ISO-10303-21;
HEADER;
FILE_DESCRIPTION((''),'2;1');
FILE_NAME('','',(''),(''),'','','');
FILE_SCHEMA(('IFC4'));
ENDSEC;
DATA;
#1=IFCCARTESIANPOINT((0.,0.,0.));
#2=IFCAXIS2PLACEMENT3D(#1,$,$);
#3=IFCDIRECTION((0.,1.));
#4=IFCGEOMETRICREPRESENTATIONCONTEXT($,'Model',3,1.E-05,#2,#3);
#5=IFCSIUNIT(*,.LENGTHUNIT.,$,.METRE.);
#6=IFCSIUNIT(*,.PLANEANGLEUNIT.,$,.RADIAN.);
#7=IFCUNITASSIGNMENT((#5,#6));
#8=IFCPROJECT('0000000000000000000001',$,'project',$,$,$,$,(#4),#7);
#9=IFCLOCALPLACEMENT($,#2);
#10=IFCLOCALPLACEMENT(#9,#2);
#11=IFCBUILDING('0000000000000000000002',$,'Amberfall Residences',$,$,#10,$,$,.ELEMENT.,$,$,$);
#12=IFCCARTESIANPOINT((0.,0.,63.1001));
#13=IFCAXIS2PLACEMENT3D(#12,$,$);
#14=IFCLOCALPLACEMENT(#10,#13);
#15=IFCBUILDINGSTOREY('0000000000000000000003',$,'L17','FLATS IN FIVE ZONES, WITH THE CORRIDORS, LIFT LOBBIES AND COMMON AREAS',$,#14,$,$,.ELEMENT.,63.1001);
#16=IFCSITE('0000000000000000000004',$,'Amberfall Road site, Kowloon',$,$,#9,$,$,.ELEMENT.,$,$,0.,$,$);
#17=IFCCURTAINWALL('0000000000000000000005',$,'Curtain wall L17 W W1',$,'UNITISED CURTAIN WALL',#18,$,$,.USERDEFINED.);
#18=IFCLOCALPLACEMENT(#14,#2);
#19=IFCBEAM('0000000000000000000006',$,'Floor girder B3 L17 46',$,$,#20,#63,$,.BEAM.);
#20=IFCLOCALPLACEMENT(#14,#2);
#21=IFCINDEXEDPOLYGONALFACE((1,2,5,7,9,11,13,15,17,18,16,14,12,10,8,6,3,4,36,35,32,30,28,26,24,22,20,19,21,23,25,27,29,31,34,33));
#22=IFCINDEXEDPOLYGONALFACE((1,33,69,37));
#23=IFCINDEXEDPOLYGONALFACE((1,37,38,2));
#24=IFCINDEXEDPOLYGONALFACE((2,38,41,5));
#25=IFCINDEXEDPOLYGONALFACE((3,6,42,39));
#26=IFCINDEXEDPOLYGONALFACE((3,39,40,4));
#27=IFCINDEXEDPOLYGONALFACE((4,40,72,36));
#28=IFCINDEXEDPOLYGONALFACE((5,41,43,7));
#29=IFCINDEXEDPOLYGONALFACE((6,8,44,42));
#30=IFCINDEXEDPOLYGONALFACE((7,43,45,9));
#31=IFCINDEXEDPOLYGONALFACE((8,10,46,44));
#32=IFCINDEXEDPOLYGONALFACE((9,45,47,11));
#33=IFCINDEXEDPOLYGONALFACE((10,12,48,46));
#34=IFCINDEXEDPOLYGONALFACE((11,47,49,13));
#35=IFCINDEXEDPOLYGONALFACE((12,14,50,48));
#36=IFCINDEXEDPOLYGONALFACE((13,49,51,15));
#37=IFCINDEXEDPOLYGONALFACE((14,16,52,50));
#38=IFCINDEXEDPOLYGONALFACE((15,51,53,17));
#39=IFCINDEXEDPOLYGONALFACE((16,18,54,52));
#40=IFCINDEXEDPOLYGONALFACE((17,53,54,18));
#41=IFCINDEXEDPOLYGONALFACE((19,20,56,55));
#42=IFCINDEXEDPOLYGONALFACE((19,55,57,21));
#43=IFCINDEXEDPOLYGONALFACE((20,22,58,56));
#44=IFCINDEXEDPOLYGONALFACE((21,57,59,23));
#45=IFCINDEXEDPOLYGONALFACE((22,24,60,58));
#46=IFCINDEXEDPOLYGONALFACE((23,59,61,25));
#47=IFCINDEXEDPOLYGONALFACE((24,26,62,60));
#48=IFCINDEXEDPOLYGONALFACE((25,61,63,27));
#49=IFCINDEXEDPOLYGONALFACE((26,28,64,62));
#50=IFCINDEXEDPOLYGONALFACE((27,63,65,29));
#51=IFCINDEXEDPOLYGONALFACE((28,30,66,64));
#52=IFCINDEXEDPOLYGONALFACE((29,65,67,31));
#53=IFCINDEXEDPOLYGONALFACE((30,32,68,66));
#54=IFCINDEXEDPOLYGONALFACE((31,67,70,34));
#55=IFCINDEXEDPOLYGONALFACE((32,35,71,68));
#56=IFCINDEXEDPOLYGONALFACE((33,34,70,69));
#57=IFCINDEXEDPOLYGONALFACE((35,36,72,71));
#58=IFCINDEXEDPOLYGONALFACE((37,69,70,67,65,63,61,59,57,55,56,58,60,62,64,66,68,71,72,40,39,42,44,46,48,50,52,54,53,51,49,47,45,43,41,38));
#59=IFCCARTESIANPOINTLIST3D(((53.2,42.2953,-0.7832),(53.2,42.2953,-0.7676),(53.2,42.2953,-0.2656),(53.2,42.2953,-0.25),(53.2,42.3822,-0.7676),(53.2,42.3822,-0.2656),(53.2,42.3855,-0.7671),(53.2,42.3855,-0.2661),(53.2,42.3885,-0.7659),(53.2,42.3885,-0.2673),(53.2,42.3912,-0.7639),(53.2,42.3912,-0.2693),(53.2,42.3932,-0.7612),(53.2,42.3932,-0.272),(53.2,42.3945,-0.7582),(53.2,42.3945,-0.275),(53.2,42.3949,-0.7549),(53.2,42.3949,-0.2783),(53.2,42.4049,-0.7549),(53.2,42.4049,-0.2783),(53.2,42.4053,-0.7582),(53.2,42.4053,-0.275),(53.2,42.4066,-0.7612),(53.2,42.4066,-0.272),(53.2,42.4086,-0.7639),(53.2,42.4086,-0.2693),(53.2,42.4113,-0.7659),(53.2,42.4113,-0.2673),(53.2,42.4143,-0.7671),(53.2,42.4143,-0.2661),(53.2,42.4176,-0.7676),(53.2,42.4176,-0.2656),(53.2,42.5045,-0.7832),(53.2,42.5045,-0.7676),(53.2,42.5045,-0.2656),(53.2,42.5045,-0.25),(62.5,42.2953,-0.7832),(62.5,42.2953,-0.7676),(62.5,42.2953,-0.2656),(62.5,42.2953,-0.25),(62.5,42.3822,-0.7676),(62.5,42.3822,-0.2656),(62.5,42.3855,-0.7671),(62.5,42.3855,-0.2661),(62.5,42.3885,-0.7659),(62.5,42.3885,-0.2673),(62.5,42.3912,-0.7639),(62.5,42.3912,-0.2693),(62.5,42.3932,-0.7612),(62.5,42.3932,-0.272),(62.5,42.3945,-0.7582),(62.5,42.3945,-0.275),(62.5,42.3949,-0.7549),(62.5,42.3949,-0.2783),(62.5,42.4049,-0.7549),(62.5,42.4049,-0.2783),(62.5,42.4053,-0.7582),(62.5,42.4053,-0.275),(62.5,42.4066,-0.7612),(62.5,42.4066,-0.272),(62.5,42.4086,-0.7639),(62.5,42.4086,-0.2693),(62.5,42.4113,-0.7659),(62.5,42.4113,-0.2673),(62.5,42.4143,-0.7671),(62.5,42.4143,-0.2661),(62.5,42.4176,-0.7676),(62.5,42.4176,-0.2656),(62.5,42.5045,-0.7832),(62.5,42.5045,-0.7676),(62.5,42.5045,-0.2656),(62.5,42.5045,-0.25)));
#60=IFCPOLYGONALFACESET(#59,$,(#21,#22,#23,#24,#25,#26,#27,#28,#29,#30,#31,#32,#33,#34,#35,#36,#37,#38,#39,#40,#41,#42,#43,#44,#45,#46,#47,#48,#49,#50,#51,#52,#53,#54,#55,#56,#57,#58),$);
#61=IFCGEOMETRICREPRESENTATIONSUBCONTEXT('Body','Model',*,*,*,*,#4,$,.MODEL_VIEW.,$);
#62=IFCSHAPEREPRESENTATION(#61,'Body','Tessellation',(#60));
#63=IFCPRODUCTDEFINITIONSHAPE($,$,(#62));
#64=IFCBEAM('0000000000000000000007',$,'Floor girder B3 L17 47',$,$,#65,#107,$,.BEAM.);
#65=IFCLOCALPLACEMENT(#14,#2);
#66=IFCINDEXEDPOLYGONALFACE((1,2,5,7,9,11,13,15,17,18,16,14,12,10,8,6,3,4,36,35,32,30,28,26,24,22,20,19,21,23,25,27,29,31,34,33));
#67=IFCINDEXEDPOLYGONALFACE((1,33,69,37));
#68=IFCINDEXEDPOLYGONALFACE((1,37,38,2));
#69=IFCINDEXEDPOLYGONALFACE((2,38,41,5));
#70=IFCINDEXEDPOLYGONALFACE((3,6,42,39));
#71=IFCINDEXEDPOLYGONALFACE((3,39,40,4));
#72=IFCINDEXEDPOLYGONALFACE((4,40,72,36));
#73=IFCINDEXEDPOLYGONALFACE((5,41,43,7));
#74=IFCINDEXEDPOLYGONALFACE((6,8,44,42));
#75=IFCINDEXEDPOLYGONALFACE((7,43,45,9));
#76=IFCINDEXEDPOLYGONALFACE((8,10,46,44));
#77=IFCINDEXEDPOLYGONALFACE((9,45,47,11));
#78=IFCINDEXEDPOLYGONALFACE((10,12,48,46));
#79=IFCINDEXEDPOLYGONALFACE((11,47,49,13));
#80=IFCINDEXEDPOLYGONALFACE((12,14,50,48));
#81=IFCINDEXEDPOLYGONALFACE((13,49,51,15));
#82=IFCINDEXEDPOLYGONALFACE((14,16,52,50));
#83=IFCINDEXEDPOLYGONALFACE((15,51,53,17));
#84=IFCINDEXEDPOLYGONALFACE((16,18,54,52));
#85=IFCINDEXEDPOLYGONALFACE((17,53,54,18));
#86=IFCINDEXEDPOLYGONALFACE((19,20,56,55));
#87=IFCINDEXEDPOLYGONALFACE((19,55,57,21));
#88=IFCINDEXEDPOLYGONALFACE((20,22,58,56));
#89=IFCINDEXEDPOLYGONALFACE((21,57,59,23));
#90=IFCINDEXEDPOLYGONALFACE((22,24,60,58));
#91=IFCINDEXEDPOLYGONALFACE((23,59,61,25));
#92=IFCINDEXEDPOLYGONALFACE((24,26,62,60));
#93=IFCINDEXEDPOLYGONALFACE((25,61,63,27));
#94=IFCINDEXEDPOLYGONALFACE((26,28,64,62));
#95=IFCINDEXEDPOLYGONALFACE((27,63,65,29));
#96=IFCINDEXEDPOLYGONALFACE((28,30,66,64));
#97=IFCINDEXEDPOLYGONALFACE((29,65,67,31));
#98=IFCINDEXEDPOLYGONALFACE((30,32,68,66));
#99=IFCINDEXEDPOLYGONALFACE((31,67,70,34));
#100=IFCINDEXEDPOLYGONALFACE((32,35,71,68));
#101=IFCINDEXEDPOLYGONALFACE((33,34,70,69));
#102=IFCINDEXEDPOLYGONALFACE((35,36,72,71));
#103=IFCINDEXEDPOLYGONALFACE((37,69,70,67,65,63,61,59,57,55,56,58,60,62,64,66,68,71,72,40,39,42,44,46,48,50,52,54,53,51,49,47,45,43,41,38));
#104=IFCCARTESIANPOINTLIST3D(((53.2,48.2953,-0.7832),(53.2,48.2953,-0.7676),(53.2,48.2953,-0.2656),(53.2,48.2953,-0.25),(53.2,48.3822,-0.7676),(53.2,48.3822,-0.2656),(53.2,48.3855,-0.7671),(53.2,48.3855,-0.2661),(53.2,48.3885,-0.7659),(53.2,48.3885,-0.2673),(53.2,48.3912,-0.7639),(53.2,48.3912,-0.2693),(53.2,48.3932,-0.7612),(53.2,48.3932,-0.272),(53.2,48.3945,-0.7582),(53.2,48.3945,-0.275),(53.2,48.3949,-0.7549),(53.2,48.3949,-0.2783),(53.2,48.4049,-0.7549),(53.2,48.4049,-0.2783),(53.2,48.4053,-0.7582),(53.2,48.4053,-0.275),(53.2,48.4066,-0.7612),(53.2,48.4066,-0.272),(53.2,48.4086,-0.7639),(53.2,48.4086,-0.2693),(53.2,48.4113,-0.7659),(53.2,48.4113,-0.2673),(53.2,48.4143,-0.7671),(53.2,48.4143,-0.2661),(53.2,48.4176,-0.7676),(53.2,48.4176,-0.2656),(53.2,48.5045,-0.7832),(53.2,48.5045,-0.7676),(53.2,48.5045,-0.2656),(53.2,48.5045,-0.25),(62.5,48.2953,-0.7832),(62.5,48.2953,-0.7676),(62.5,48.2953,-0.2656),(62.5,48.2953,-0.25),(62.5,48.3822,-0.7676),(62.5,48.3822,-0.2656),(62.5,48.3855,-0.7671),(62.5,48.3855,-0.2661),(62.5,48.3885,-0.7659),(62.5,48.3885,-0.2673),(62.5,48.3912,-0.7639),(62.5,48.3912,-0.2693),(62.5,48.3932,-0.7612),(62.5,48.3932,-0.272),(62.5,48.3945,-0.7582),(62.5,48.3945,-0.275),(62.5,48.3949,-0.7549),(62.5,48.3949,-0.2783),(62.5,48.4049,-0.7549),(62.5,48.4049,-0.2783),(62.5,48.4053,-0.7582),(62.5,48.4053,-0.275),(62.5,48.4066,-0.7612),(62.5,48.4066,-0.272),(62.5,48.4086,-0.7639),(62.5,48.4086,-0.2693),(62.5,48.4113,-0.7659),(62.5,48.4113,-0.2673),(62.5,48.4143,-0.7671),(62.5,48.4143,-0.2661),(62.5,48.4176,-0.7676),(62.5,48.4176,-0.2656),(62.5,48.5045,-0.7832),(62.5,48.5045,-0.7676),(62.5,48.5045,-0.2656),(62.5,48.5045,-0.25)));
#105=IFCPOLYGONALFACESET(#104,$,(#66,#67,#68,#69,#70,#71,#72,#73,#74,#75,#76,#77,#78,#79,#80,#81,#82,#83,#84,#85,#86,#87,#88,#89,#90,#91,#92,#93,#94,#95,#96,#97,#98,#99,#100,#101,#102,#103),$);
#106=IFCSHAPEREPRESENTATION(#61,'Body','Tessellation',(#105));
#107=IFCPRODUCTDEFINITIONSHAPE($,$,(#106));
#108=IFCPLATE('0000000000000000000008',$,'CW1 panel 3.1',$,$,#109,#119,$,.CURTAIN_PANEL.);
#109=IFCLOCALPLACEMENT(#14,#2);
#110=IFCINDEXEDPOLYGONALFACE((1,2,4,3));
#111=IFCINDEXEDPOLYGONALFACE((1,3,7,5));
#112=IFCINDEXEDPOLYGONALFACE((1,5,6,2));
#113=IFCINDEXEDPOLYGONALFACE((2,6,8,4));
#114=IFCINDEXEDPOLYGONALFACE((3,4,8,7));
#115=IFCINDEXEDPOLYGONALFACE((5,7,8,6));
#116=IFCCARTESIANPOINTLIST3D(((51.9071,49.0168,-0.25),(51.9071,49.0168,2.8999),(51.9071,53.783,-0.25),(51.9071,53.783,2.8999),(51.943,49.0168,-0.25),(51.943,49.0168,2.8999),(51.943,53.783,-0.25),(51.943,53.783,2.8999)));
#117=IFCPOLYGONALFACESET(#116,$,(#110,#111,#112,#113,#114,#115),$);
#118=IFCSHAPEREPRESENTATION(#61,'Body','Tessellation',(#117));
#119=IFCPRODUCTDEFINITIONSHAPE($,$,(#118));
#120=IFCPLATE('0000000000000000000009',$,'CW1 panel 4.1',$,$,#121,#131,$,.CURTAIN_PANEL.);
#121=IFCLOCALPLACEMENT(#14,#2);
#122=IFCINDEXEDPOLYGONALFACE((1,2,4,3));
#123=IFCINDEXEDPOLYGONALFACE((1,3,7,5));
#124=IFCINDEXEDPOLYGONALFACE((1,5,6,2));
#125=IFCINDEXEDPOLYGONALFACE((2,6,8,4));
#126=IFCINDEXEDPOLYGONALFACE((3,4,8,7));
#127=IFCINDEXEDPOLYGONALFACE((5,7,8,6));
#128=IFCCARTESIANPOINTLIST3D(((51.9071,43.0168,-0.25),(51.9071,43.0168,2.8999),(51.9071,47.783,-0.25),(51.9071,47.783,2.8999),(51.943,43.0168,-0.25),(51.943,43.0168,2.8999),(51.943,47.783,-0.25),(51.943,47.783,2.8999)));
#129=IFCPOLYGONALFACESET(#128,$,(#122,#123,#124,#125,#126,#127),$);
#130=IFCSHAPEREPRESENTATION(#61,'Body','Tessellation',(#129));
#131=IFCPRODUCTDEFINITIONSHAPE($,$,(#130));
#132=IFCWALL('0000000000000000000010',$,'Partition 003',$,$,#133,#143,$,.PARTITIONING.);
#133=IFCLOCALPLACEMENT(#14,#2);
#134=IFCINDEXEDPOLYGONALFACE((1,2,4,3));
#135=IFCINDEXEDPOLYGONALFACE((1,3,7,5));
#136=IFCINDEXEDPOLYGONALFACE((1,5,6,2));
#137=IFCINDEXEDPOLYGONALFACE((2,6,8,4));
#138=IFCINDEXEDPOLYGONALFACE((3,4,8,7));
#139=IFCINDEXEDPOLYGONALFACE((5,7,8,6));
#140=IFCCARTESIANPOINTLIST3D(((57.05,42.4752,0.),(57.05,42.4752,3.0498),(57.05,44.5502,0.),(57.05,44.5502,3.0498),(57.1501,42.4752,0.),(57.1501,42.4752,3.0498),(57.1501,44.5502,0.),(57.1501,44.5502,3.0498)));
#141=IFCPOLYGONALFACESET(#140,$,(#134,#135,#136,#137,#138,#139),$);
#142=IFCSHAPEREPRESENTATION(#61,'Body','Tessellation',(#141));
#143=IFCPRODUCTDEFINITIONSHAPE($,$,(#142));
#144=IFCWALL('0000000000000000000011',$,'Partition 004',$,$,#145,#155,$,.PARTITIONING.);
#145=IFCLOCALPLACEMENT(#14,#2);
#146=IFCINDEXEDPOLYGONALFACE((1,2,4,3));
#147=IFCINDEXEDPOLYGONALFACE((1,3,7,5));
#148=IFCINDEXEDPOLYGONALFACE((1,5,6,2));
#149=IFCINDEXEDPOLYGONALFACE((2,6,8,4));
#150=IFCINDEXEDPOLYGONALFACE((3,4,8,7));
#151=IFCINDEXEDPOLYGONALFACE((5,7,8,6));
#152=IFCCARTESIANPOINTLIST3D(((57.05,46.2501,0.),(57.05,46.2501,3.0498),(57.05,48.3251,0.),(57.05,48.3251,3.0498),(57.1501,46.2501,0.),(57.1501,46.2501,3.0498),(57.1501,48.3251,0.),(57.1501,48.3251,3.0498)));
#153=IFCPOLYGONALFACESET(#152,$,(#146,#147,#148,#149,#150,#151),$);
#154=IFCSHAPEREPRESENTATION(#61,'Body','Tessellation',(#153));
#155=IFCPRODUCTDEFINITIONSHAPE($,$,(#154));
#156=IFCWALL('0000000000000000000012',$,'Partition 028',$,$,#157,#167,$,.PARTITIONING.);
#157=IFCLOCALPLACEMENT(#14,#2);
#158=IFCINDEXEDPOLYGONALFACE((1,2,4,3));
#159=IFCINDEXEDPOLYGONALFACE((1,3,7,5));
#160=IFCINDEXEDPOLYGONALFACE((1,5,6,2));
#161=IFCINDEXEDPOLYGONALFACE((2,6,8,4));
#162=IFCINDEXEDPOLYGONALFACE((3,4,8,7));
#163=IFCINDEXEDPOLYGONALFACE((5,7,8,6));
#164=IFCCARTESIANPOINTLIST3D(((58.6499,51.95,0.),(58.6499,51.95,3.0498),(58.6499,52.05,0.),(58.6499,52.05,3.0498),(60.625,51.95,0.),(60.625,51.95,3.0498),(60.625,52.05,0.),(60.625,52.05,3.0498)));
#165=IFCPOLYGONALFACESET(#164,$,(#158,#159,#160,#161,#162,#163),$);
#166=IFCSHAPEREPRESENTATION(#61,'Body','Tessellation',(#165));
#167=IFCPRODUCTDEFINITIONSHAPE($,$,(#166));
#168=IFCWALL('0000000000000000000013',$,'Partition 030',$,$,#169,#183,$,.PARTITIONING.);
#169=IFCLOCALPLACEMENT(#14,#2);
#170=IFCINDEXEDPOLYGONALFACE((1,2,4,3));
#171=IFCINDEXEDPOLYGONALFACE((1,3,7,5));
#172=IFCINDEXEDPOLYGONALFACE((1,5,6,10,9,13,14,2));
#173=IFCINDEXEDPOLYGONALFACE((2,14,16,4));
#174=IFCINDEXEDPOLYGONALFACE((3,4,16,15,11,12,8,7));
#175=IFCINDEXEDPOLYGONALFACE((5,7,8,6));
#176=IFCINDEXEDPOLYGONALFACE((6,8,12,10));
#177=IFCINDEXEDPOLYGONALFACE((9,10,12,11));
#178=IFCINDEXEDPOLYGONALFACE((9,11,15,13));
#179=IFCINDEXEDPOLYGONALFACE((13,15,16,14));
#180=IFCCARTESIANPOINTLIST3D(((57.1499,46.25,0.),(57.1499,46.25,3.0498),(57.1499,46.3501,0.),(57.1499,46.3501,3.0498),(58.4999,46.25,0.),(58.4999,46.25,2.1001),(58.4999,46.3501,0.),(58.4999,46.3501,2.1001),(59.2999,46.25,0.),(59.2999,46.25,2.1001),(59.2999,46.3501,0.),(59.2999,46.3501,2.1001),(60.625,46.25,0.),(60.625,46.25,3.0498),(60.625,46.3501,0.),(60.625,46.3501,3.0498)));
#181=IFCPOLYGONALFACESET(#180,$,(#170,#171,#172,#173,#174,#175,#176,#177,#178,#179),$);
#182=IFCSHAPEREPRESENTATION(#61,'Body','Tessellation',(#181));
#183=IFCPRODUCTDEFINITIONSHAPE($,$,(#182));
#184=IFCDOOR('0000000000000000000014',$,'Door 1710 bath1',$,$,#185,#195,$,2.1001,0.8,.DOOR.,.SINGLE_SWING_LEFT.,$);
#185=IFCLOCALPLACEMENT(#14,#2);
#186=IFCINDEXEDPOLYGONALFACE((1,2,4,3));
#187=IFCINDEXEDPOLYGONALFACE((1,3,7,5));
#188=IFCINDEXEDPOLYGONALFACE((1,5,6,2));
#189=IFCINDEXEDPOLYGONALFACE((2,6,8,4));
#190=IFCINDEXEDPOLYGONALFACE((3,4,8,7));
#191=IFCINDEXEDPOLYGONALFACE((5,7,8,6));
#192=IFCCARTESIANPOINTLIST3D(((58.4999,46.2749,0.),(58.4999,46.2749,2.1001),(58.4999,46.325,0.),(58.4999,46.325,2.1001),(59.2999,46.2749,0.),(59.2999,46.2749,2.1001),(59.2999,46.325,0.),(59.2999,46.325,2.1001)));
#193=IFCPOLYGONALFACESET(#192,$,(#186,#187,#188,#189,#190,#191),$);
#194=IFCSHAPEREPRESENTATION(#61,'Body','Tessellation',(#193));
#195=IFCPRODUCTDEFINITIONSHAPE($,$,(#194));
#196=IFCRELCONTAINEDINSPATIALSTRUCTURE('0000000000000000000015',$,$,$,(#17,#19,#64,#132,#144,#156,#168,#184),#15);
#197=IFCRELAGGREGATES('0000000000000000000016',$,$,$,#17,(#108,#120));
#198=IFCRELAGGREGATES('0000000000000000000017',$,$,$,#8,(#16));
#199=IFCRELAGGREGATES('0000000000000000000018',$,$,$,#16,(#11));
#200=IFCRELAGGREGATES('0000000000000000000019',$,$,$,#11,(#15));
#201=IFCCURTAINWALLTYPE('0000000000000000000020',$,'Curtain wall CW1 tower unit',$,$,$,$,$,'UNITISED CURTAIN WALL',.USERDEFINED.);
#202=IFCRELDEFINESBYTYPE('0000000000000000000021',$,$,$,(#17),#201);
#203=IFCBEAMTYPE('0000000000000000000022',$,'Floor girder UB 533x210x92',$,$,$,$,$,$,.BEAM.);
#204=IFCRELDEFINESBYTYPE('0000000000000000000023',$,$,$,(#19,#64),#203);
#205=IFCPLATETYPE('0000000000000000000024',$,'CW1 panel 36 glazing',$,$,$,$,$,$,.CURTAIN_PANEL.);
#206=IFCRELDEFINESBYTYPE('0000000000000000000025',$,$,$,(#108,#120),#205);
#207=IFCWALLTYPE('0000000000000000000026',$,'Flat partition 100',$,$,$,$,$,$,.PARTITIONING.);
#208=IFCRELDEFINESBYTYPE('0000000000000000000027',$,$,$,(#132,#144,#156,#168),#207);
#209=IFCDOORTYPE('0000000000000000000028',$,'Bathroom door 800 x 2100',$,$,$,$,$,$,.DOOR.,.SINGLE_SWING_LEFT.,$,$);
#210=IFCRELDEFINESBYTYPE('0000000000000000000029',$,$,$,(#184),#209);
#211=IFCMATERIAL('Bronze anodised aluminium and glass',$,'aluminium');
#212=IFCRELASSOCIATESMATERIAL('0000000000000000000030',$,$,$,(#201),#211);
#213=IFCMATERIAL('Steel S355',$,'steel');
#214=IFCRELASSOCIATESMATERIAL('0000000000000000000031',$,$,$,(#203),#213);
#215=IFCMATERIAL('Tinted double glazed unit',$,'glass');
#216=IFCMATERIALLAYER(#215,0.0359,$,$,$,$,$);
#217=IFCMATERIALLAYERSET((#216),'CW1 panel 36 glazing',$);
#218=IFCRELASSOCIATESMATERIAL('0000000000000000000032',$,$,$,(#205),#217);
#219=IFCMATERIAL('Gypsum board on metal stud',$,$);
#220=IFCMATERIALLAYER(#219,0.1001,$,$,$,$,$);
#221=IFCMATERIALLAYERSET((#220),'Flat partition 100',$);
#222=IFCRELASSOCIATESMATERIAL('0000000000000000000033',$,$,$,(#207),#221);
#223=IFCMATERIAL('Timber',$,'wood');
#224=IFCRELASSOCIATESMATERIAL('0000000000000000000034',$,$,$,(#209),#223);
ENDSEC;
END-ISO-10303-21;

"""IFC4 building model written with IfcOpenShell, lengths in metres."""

from ifc_helpers import new_model, si_unit, direction, frame, frame_2d, origin, origin_2d, place, context, subcontext, project, spatial, rectangle, i_section, extrude, material, layer, layer_set, material_profile, profile_set, type_object, element, fill, aggregate, save


model = new_model("IFC4")

# Units and contexts
model_context = context("Model", 3, precision=1e-05, world=origin(), true_north=direction((0.0, 1.0)))
body_context = subcontext(model_context, "Body", "Model", "MODEL_VIEW")
ifc_project = project(units=[si_unit("LENGTHUNIT", "METRE"), si_unit("PLANEANGLEUNIT", "RADIAN")], contexts=[model_context])

# Site, building, storey
site_placement = place(None, origin())
site = spatial("IfcSite", under=ifc_project, at=site_placement, Name="Amberfall Road site, Kowloon", CompositionType="ELEMENT", RefElevation=0.0)
building_placement = place(site_placement, origin())
building = spatial("IfcBuilding", under=site, at=building_placement, Name="Amberfall Residences", CompositionType="ELEMENT")
storey_placement = place(building_placement, frame((0.0, 0.0, 63.1001)))
storey = spatial("IfcBuildingStorey", under=building, at=storey_placement, Name="L17", Description="FLATS IN FIVE ZONES, WITH THE CORRIDORS, LIFT LOBBIES AND COMMON AREAS", CompositionType="ELEMENT", Elevation=63.1001)

# Curtain wall
ifc_material_1 = material(Name="Bronze anodised aluminium and glass", Category="aluminium")
curtain_wall_type = type_object("IfcCurtainWallType", Name="Curtain wall CW1 tower unit", ElementType="UNITISED CURTAIN WALL", PredefinedType="USERDEFINED", material=ifc_material_1)
curtain_wall_placement = place(storey_placement, origin())
curtain_wall = element("IfcCurtainWall", 1, at=curtain_wall_placement, inside=storey, type_object=curtain_wall_type, Name="Curtain wall L17 W W1", ObjectType="UNITISED CURTAIN WALL", PredefinedType="USERDEFINED")

# Shared definitions
ifc_material_2 = material(Name="Steel S355", Category="steel")

# Beams
ifc_material_profile_1 = material_profile(ifc_material_2, i_section(OverallWidth=0.2092, OverallDepth=0.5332, WebThickness=0.01, FlangeThickness=0.0156, FilletRadius=0.0127, at=origin_2d()), Name="UB 533x210x92")
ifc_profile_set_1 = profile_set([ifc_material_profile_1], Name="Steel S355")
beam_type_1 = type_object("IfcBeamType", Name="Floor girder UB 533x210x92", PredefinedType="BEAM", material=ifc_profile_set_1)
for number, where, z_axis, x_axis, name in (
    (2, (53.2, 42.3999, -0.5166), (1.0, 0.0, 0.0), (0.0, 1.0, 0.0), "Floor girder B3 L17 46"),
    (3, (53.2, 48.3999, -0.5166), (1.0, 0.0, 0.0), (0.0, 1.0, 0.0), "Floor girder B3 L17 47"),
):
    element("IfcBeam", number, at=place(storey_placement, frame(where, z_axis=z_axis, x_axis=x_axis)), inside=storey, type_object=beam_type_1, Name=name, PredefinedType="BEAM", context=body_context, shape_type="SweptSolid", body=[
        extrude(i_section(OverallWidth=0.2092, OverallDepth=0.5332, WebThickness=0.01, FlangeThickness=0.0156, FilletRadius=0.0127, at=origin_2d()), origin(), (0.0, 0.0, 1.0), 9.3),
    ])

# Plates
ifc_material_3 = material(Name="Tinted double glazed unit", Category="glass")
ifc_layer_1 = layer(ifc_material_3, 0.0359)
ifc_layer_set_1 = layer_set([ifc_layer_1], Name="CW1 panel 36 glazing")
plate_type = type_object("IfcPlateType", Name="CW1 panel 36 glazing", PredefinedType="CURTAIN_PANEL", material=ifc_layer_set_1)
plate_1_placement = place(storey_placement, frame((51.925, 51.3999, -0.25), z_axis=(0.0, 0.0, 1.0), x_axis=(0.0, -1.0, 0.0)))
plate_1 = element("IfcPlate", 4, at=plate_1_placement, type_object=plate_type, Name="CW1 panel 3.1", PredefinedType="CURTAIN_PANEL", context=body_context, shape_type="SweptSolid", body=[
    extrude(rectangle(XDim=4.7661, YDim=0.0359, at=origin_2d()), origin(), (0.0, 0.0, 1.0), 3.1499),
])
plate_2_placement = place(storey_placement, frame((51.925, 45.3999, -0.25), z_axis=(0.0, 0.0, 1.0), x_axis=(0.0, -1.0, 0.0)))
plate_2 = element("IfcPlate", 5, at=plate_2_placement, type_object=plate_type, Name="CW1 panel 4.1", PredefinedType="CURTAIN_PANEL", context=body_context, shape_type="SweptSolid", body=[
    extrude(rectangle(XDim=4.7661, YDim=0.0359, at=origin_2d()), origin(), (0.0, 0.0, 1.0), 3.1499),
])
aggregate(curtain_wall, [plate_1, plate_2])

# Walls
ifc_material_4 = material(Name="Gypsum board on metal stud")
ifc_layer_2 = layer(ifc_material_4, 0.1001)
ifc_layer_set_2 = layer_set([ifc_layer_2], Name="Flat partition 100")
wall_type_1 = type_object("IfcWallType", Name="Flat partition 100", PredefinedType="PARTITIONING", material=ifc_layer_set_2)
for number, where, z_axis, x_axis, name in (
    (6, (57.1001, 42.4751, 0.0), (0.0, 0.0, 1.0), (0.0, 1.0, 0.0), "Partition 003"),
    (7, (57.1001, 46.25, 0.0), (0.0, 0.0, 1.0), (0.0, 1.0, 0.0), "Partition 004"),
):
    element("IfcWall", number, at=place(storey_placement, frame(where, z_axis=z_axis, x_axis=x_axis)), inside=storey, type_object=wall_type_1, Name=name, PredefinedType="PARTITIONING", context=body_context, shape_type="SweptSolid", body=[
        extrude(rectangle(XDim=2.075, YDim=0.1001, at=frame_2d((1.0376, 0.0))), origin(), (0.0, 0.0, 1.0), 3.0498),
    ])
wall_1_placement = place(storey_placement, frame((58.6499, 52.0, 0.0), z_axis=(0.0, 0.0, 1.0), x_axis=(1.0, 0.0, 0.0)))
element("IfcWall", 8, at=wall_1_placement, inside=storey, type_object=wall_type_1, Name="Partition 028", PredefinedType="PARTITIONING", context=body_context, shape_type="SweptSolid", body=[
    extrude(rectangle(XDim=1.9751, YDim=0.1001, at=frame_2d((0.9875, 0.0))), origin(), (0.0, 0.0, 1.0), 3.0498),
])

# Wall, opening, door
wall_2_placement = place(storey_placement, frame((57.1499, 46.3, 0.0), z_axis=(0.0, 0.0, 1.0), x_axis=(1.0, 0.0, 0.0)))
wall_2 = element("IfcWall", 9, at=wall_2_placement, inside=storey, type_object=wall_type_1, Name="Partition 030", PredefinedType="PARTITIONING", context=body_context, shape_type="SweptSolid", body=[
    extrude(rectangle(XDim=3.4751, YDim=0.1001, at=frame_2d((1.7375, 0.0))), origin(), (0.0, 0.0, 1.0), 3.0498),
])
opening_placement = place(wall_2_placement, frame((1.3501, 0.0, 0.0)))
opening = element("IfcOpeningElement", 10, at=opening_placement, cuts=wall_2, PredefinedType="OPENING", context=body_context, shape_type="SweptSolid", body=[
    extrude(rectangle(XDim=0.8, YDim=2.1001, at=frame_2d((0.3999, 1.05))), frame((0.0, 0.0601, 0.0), z_axis=(0.0, -1.0, 0.0), x_axis=(1.0, 0.0, 0.0)), (0.0, 0.0, 1.0), 0.1201),
])
ifc_material_5 = material(Name="Timber", Category="wood")
door_type = type_object("IfcDoorType", Name="Bathroom door 800 x 2100", OperationType="SINGLE_SWING_LEFT", PredefinedType="DOOR", material=ifc_material_5)
door_placement = place(opening_placement, origin())
door = element("IfcDoor", 11, at=door_placement, inside=storey, type_object=door_type, Name="Door 1710 bath1", OperationType="SINGLE_SWING_LEFT", OverallHeight=2.1001, OverallWidth=0.8, PredefinedType="DOOR", context=body_context, shape_type="SweptSolid", body=[
    extrude(rectangle(XDim=0.8, YDim=2.1001, at=frame_2d((0.3999, 1.05))), frame((0.0, 0.0249, 0.0), z_axis=(0.0, -1.0, 0.0), x_axis=(1.0, 0.0, 0.0)), (0.0, 0.0, 1.0), 0.05),
])
fill(opening, door)

save(model, "model.ifc")
